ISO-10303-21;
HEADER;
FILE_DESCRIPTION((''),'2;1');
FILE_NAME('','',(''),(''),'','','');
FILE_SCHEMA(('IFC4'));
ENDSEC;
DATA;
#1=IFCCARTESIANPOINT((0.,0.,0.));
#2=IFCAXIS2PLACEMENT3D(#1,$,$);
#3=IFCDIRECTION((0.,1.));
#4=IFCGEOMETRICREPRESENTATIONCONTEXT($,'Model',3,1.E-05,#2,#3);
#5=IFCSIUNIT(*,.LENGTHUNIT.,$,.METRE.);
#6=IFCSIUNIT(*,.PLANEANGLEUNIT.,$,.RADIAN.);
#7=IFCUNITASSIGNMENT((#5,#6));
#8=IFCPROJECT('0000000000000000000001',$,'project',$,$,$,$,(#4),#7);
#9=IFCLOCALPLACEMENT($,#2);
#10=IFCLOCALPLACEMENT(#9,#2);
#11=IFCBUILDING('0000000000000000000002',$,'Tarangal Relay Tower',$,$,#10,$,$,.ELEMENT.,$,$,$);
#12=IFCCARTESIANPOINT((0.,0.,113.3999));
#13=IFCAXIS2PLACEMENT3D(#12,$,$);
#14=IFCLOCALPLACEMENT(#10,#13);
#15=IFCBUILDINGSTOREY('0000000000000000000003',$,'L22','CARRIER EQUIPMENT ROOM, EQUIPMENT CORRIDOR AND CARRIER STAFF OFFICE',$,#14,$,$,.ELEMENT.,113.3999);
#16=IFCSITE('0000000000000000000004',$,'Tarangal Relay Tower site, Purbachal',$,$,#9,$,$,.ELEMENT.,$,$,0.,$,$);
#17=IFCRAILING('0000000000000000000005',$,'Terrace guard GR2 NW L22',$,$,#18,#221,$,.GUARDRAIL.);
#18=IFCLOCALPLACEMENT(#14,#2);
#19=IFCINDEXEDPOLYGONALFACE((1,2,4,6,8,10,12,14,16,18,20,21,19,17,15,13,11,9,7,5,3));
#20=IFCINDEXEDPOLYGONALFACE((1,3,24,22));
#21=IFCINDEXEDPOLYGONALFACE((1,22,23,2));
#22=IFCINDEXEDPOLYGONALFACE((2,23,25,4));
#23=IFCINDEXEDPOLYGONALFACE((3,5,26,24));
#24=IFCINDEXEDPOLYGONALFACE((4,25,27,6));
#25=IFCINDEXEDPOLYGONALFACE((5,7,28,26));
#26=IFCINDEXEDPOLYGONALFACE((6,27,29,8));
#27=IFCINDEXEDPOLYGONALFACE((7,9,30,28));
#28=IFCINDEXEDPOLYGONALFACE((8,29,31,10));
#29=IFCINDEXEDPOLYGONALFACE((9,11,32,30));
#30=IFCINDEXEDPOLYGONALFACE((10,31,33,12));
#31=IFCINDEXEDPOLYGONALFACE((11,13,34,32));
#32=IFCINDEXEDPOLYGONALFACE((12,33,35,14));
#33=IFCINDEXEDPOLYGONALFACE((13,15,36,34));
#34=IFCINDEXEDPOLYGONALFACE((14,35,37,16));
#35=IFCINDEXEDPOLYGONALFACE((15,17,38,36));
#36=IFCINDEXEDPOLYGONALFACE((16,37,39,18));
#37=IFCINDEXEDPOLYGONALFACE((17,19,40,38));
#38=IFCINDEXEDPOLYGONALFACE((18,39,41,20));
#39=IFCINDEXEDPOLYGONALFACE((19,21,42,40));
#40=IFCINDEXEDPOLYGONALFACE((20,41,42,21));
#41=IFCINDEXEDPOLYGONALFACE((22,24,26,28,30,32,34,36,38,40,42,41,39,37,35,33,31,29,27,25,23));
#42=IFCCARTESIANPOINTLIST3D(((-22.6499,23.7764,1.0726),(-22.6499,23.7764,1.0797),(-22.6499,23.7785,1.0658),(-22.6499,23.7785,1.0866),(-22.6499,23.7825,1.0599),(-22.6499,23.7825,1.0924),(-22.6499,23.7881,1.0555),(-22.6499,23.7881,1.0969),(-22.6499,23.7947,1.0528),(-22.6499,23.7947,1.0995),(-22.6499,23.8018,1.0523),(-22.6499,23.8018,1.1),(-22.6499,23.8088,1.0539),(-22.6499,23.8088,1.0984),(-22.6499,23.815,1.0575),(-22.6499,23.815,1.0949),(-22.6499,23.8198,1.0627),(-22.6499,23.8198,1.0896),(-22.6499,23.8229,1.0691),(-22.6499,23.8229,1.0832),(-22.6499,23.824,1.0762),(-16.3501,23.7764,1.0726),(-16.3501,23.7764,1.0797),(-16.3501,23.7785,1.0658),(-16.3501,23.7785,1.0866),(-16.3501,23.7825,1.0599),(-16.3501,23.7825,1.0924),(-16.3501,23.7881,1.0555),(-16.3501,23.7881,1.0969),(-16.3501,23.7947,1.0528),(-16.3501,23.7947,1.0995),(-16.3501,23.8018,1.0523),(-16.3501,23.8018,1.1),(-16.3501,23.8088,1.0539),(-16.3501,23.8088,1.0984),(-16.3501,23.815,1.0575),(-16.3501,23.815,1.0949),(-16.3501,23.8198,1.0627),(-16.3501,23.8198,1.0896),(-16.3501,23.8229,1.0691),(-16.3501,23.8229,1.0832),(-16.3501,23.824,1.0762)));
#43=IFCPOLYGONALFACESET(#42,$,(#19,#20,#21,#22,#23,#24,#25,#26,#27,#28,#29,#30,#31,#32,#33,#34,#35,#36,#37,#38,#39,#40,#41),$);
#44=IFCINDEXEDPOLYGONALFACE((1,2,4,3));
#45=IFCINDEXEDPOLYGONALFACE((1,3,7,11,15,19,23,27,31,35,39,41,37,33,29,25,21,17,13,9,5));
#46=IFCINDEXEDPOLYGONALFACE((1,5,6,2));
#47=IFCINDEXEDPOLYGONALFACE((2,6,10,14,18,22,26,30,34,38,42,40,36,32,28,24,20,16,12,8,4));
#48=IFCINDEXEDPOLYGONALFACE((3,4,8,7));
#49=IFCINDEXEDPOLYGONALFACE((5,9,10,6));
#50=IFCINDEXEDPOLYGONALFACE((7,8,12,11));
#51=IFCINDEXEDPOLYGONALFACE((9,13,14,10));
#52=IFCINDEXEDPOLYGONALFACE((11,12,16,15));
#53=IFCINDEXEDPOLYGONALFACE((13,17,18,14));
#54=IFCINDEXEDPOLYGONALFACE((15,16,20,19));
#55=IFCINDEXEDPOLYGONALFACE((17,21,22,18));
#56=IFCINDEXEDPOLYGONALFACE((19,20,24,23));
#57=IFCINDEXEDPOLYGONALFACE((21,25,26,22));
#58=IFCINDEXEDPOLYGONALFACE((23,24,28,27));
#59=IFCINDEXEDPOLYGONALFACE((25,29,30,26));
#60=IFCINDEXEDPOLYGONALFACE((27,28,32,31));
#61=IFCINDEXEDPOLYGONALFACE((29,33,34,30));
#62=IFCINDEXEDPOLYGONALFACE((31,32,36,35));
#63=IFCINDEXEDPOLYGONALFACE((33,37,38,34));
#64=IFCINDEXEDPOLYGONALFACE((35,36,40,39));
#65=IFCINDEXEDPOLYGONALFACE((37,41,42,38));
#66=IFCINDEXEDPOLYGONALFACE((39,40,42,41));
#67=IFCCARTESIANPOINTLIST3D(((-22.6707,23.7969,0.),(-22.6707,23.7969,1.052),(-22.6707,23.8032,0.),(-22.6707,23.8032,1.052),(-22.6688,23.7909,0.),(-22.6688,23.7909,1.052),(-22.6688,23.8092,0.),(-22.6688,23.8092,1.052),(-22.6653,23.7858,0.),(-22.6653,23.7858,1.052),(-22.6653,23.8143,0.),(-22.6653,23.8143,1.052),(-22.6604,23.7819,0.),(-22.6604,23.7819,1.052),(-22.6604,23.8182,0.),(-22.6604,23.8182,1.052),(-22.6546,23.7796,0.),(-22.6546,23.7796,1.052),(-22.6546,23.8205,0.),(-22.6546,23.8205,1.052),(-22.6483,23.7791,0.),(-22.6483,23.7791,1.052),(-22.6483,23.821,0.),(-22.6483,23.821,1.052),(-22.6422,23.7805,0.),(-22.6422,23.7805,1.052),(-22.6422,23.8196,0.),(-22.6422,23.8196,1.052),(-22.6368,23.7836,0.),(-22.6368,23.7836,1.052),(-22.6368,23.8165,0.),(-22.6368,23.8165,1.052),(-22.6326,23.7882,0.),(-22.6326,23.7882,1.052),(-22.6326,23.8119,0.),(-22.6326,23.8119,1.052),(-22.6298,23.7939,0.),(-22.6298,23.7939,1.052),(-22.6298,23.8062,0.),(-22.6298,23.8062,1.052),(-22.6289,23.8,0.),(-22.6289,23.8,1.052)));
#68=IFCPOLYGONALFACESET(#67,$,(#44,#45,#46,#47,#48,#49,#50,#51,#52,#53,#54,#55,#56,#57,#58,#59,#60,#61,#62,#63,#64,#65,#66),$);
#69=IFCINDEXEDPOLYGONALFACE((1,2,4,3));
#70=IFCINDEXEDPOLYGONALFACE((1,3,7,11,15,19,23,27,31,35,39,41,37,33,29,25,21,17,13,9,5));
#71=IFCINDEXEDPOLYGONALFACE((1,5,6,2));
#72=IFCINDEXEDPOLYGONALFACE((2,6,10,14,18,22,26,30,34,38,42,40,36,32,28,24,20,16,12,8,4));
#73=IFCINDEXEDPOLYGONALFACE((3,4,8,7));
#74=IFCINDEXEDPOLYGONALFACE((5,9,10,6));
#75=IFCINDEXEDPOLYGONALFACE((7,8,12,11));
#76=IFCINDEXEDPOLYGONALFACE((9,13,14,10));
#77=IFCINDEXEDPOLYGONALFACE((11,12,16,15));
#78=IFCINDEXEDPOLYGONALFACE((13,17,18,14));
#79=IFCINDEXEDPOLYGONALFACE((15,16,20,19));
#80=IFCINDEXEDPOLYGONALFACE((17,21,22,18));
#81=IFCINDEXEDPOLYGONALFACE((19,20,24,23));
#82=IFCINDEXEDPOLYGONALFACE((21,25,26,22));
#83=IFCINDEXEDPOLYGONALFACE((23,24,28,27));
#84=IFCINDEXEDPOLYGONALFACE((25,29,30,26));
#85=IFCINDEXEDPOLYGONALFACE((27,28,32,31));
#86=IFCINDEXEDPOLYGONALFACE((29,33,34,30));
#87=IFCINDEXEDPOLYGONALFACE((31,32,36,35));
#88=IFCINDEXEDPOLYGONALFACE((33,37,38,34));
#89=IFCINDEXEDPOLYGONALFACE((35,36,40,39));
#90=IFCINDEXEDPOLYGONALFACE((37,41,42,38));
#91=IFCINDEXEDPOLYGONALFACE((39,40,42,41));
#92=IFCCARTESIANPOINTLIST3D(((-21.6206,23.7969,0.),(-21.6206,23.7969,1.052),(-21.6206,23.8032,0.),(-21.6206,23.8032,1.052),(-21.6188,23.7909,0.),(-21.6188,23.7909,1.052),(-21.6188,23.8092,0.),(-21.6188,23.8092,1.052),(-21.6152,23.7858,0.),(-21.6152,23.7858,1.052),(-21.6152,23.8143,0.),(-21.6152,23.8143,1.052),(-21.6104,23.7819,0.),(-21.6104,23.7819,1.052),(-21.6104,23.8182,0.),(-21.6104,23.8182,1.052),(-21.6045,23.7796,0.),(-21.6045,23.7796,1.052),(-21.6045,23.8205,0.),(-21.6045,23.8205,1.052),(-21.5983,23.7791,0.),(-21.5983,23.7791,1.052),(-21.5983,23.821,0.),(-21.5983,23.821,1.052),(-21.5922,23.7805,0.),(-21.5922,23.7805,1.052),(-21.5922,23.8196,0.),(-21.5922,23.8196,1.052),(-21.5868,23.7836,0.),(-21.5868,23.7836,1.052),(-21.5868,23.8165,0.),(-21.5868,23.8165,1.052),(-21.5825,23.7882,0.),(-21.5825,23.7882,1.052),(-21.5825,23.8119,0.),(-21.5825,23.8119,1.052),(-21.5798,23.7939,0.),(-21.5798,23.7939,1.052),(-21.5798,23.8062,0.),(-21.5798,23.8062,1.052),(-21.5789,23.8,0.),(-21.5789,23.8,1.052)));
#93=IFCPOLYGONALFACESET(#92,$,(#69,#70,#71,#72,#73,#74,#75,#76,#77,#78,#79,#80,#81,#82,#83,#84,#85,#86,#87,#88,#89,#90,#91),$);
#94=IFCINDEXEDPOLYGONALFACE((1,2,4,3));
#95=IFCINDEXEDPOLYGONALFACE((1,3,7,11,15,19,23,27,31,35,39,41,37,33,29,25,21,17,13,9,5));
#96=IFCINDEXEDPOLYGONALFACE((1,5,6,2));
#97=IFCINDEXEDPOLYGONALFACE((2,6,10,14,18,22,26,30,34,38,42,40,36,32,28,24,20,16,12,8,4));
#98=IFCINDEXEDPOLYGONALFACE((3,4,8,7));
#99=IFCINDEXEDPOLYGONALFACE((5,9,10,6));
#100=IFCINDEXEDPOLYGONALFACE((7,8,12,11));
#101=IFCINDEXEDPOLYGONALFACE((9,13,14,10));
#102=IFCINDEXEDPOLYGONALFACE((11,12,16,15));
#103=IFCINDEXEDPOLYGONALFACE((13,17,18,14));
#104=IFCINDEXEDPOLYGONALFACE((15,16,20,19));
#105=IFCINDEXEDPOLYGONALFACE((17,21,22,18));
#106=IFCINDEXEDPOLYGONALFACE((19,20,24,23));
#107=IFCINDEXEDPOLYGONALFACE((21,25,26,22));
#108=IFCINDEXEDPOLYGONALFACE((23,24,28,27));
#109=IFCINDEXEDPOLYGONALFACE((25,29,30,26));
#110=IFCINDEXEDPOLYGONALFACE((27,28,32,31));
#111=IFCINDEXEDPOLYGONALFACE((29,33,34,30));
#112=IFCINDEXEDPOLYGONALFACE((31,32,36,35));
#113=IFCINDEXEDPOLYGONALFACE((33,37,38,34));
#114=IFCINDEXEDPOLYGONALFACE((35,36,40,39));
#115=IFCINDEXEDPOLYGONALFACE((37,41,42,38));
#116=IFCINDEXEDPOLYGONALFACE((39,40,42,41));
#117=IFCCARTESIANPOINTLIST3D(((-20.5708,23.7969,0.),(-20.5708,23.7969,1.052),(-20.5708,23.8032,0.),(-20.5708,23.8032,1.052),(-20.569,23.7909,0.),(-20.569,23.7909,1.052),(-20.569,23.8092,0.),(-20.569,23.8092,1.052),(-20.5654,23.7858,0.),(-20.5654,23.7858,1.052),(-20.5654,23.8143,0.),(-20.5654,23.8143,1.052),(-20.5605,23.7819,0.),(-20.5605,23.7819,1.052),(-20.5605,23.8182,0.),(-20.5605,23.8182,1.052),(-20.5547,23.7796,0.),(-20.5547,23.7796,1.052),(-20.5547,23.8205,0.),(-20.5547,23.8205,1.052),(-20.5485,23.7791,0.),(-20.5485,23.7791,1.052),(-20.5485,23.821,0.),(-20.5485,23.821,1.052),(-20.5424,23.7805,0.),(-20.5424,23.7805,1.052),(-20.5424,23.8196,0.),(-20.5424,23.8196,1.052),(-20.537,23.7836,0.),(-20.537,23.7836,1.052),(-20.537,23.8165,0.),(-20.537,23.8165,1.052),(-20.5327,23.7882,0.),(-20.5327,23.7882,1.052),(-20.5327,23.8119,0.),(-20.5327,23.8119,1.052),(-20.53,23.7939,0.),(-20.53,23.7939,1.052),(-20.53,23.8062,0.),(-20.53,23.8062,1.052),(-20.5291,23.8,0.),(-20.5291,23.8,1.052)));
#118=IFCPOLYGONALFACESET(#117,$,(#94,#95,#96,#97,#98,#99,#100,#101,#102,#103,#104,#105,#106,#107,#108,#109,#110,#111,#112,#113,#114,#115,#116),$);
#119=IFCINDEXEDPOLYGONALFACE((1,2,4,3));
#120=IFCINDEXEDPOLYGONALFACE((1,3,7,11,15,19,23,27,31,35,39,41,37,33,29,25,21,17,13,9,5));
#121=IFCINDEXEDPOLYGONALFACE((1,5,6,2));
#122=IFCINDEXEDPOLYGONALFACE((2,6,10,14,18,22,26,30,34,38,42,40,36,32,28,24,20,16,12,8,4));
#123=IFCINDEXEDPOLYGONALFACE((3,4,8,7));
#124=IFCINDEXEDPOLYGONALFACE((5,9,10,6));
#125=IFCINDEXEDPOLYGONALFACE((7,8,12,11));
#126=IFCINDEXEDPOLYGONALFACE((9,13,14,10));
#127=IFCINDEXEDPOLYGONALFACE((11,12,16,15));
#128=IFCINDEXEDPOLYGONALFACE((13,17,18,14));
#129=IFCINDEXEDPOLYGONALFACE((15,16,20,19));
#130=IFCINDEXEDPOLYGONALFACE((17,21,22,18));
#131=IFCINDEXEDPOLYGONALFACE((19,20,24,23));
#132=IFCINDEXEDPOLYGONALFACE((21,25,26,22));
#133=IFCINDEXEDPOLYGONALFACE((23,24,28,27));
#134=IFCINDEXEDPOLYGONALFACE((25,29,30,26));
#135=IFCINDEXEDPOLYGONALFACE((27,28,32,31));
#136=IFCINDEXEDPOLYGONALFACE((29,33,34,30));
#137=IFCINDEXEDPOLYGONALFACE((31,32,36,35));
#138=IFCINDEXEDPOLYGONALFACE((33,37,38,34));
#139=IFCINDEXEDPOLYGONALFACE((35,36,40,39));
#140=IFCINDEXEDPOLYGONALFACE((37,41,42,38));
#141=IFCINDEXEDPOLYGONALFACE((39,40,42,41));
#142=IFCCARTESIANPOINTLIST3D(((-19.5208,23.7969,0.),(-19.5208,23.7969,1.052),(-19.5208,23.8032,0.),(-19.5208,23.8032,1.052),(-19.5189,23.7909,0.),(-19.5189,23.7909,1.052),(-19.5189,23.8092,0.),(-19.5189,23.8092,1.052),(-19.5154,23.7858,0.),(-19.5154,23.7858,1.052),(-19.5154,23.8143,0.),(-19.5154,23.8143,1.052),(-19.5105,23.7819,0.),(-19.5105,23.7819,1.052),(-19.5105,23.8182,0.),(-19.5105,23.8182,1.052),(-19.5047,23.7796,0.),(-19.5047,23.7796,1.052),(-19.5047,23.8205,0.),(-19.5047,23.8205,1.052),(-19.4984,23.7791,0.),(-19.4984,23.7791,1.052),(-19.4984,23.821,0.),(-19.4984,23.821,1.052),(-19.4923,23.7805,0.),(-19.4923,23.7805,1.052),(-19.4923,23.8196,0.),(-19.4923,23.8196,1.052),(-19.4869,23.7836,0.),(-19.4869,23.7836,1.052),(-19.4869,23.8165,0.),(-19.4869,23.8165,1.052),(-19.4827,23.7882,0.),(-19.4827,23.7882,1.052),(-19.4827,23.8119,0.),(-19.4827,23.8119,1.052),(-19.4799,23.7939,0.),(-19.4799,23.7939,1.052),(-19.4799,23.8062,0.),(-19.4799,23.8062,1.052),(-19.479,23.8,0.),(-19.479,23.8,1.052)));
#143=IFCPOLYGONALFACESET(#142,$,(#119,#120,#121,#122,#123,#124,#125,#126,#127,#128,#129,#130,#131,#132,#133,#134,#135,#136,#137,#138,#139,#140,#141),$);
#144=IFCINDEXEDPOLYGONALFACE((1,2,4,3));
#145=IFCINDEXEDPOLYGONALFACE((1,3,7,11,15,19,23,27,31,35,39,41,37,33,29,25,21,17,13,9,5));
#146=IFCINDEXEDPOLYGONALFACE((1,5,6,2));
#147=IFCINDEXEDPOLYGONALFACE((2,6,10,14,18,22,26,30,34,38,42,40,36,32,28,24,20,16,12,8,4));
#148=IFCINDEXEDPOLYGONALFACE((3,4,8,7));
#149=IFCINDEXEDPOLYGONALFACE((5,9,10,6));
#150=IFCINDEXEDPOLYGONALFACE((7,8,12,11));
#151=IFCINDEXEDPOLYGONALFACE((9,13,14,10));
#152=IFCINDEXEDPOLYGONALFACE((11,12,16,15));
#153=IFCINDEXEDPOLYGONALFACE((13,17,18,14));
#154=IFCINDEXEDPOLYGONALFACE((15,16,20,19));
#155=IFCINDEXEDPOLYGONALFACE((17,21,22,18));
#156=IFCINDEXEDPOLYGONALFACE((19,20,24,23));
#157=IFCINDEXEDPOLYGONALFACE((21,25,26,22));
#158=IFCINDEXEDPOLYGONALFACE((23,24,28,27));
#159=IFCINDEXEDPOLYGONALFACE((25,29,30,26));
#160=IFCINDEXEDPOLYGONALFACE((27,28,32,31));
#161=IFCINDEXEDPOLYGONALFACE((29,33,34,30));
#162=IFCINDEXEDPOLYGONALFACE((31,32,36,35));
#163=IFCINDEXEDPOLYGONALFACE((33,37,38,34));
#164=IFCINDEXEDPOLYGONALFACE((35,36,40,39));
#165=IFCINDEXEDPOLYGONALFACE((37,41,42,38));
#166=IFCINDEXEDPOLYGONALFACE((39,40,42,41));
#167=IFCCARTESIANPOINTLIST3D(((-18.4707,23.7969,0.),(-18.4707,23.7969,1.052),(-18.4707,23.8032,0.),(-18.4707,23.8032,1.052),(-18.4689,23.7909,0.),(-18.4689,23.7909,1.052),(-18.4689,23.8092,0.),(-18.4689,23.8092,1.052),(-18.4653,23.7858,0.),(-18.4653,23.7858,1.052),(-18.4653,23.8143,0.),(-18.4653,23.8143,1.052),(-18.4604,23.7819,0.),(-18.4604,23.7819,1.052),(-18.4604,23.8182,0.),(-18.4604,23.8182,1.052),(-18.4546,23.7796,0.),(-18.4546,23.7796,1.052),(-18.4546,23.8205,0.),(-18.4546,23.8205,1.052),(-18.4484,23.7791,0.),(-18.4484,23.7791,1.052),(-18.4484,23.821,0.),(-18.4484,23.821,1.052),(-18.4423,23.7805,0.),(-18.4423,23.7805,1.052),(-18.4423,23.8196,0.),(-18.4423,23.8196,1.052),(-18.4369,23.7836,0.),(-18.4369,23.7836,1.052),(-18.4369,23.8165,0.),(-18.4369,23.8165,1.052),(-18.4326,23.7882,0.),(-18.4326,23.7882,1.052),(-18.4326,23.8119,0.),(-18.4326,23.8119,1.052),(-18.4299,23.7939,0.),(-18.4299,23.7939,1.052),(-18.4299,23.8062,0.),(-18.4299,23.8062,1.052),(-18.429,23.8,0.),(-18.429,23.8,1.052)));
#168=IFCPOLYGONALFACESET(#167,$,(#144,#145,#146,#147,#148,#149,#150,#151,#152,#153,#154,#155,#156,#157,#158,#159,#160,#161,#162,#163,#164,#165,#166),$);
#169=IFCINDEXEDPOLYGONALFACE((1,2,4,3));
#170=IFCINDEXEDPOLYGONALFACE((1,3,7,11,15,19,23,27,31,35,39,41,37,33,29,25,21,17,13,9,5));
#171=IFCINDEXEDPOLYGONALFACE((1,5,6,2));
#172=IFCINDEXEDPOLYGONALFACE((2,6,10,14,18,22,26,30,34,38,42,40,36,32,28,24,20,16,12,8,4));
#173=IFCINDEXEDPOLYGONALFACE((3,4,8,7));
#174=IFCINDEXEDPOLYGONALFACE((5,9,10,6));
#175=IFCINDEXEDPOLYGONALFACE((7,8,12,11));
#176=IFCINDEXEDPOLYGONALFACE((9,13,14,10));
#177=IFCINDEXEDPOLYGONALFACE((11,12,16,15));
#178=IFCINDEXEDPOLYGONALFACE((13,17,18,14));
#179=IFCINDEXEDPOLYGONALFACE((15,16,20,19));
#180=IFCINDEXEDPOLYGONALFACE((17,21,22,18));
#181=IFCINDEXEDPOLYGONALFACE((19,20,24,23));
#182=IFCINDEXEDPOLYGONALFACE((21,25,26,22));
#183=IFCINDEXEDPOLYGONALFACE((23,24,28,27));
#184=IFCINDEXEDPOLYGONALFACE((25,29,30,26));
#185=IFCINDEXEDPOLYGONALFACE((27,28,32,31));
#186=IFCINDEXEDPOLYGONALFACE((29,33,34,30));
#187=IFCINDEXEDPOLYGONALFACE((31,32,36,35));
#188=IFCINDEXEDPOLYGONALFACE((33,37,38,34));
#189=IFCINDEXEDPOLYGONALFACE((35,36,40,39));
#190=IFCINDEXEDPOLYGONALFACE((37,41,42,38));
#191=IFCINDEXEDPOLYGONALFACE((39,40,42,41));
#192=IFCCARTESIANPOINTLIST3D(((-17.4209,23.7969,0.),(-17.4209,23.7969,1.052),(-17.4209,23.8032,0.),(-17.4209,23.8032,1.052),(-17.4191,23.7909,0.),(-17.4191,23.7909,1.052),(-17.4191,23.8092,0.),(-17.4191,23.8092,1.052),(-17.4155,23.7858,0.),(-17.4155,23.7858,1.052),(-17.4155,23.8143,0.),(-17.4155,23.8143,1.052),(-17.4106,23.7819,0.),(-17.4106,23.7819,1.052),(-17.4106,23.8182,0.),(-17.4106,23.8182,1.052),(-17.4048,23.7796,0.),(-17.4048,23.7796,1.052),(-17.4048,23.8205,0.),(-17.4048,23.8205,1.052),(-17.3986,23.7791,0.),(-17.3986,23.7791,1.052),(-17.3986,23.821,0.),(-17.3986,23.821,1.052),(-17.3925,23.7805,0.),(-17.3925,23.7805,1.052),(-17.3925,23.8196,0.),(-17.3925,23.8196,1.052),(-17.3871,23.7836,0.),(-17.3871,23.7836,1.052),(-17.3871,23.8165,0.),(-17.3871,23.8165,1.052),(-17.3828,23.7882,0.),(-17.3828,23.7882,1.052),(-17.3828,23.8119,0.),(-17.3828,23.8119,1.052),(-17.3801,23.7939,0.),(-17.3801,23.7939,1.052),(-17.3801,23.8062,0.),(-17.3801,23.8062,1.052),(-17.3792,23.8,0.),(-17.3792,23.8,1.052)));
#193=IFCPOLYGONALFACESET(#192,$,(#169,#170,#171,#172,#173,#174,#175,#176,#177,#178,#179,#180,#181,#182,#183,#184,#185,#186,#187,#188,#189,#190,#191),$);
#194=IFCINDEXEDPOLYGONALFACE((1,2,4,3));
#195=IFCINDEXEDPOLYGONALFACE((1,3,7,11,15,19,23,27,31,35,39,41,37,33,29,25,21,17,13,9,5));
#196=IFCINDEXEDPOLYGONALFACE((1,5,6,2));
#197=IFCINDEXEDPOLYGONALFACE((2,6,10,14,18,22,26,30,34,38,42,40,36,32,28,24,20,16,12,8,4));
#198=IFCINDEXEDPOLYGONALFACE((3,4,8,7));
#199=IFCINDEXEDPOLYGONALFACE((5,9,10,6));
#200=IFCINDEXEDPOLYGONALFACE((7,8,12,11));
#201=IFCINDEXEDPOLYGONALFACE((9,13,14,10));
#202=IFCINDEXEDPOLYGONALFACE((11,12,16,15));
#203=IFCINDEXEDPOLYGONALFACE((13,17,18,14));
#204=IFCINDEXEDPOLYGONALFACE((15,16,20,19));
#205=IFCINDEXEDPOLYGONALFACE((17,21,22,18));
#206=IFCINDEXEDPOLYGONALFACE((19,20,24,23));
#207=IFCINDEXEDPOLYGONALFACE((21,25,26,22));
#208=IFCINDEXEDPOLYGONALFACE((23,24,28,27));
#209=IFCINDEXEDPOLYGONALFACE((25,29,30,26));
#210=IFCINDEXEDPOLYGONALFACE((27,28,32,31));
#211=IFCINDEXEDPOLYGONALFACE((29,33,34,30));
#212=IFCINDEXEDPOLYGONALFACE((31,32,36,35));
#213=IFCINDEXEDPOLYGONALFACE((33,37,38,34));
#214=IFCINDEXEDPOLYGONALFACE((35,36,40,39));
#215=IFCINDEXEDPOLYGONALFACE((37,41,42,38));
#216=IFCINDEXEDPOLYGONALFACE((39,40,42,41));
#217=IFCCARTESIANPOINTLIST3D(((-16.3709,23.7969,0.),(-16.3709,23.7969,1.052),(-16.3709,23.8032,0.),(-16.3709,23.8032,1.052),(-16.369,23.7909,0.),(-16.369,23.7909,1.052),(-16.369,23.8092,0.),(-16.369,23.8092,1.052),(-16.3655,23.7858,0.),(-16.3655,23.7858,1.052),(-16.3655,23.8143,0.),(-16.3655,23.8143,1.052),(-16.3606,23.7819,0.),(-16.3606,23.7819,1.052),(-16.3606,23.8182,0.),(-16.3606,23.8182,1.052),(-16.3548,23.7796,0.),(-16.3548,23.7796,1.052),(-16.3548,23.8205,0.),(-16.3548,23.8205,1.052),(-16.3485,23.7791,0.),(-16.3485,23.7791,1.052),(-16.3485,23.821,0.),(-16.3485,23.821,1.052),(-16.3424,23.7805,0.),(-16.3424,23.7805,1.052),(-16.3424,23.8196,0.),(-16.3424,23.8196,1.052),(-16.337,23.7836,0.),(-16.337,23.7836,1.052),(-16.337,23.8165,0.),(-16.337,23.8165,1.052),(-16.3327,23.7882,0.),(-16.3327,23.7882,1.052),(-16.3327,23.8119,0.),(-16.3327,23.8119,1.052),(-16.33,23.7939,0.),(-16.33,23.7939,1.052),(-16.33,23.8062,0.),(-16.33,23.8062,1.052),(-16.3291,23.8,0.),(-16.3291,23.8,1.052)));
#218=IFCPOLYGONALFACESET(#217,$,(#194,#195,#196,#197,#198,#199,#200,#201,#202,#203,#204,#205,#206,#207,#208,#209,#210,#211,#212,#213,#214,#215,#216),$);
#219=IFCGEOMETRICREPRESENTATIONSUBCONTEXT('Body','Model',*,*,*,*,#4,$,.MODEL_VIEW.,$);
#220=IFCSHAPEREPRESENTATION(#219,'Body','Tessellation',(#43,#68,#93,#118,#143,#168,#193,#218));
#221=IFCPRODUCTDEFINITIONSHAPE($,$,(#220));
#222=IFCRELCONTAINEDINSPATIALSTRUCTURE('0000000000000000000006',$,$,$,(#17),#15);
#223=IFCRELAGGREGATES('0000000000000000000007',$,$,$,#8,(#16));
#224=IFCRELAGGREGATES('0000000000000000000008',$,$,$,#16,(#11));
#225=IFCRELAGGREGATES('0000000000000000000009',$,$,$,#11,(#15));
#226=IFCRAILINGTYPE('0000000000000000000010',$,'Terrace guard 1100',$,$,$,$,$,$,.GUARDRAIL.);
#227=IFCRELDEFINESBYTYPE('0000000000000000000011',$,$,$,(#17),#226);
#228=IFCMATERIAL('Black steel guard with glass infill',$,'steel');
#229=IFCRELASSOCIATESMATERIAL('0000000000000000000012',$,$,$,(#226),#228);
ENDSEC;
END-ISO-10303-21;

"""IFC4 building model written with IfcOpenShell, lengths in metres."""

from ifc_helpers import new_model, si_unit, direction, frame, origin, origin_2d, place, context, subcontext, project, spatial, circle, extrude, material, type_object, element, save


model = new_model("IFC4")

# Units and contexts
model_context = context("Model", 3, precision=1e-05, world=origin(), true_north=direction((0.0, 1.0)))
body_context = subcontext(model_context, "Body", "Model", "MODEL_VIEW")
ifc_project = project(units=[si_unit("LENGTHUNIT", "METRE"), si_unit("PLANEANGLEUNIT", "RADIAN")], contexts=[model_context])

# Site, building, storey
site_placement = place(None, origin())
site = spatial("IfcSite", under=ifc_project, at=site_placement, Name="Tarangal Relay Tower site, Purbachal", CompositionType="ELEMENT", RefElevation=0.0)
building_placement = place(site_placement, origin())
building = spatial("IfcBuilding", under=site, at=building_placement, Name="Tarangal Relay Tower", CompositionType="ELEMENT")
storey_placement = place(building_placement, frame((0.0, 0.0, 113.3999)))
storey = spatial("IfcBuildingStorey", under=building, at=storey_placement, Name="L22", Description="CARRIER EQUIPMENT ROOM, EQUIPMENT CORRIDOR AND CARRIER STAFF OFFICE", CompositionType="ELEMENT", Elevation=113.3999)

# Railing
ifc_material_1 = material(Name="Black steel guard with glass infill", Category="steel")
railing_type = type_object("IfcRailingType", Name="Terrace guard 1100", PredefinedType="GUARDRAIL", material=ifc_material_1)
railing_1_placement = place(storey_placement, frame((-22.6499, 23.8, 0.0)))
element("IfcRailing", 1, at=railing_1_placement, inside=storey, type_object=railing_type, Name="Terrace guard GR2 NW L22", PredefinedType="GUARDRAIL", context=body_context, shape_type="SweptSolid", body=[
    extrude(circle(Radius=0.0239, at=origin_2d()), frame((0.0, 0.0, 1.0762), z_axis=(1.0, 0.0, 0.0), x_axis=(0.0, 1.0, 0.0)), (0.0, 0.0, 1.0), 6.2998),
    extrude(circle(Radius=0.021, at=origin_2d()), origin(), (0.0, 0.0, 1.0), 1.052),
    extrude(circle(Radius=0.021, at=origin_2d()), frame((1.05, 0.0, 0.0)), (0.0, 0.0, 1.0), 1.052),
    extrude(circle(Radius=0.021, at=origin_2d()), frame((2.0999, 0.0, 0.0)), (0.0, 0.0, 1.0), 1.052),
    extrude(circle(Radius=0.021, at=origin_2d()), frame((3.1499, 0.0, 0.0)), (0.0, 0.0, 1.0), 1.052),
    extrude(circle(Radius=0.021, at=origin_2d()), frame((4.2, 0.0, 0.0)), (0.0, 0.0, 1.0), 1.052),
    extrude(circle(Radius=0.021, at=origin_2d()), frame((5.2498, 0.0, 0.0)), (0.0, 0.0, 1.0), 1.052),
    extrude(circle(Radius=0.021, at=origin_2d()), frame((6.2998, 0.0, 0.0)), (0.0, 0.0, 1.0), 1.052),
])

save(model, "model.ifc")
